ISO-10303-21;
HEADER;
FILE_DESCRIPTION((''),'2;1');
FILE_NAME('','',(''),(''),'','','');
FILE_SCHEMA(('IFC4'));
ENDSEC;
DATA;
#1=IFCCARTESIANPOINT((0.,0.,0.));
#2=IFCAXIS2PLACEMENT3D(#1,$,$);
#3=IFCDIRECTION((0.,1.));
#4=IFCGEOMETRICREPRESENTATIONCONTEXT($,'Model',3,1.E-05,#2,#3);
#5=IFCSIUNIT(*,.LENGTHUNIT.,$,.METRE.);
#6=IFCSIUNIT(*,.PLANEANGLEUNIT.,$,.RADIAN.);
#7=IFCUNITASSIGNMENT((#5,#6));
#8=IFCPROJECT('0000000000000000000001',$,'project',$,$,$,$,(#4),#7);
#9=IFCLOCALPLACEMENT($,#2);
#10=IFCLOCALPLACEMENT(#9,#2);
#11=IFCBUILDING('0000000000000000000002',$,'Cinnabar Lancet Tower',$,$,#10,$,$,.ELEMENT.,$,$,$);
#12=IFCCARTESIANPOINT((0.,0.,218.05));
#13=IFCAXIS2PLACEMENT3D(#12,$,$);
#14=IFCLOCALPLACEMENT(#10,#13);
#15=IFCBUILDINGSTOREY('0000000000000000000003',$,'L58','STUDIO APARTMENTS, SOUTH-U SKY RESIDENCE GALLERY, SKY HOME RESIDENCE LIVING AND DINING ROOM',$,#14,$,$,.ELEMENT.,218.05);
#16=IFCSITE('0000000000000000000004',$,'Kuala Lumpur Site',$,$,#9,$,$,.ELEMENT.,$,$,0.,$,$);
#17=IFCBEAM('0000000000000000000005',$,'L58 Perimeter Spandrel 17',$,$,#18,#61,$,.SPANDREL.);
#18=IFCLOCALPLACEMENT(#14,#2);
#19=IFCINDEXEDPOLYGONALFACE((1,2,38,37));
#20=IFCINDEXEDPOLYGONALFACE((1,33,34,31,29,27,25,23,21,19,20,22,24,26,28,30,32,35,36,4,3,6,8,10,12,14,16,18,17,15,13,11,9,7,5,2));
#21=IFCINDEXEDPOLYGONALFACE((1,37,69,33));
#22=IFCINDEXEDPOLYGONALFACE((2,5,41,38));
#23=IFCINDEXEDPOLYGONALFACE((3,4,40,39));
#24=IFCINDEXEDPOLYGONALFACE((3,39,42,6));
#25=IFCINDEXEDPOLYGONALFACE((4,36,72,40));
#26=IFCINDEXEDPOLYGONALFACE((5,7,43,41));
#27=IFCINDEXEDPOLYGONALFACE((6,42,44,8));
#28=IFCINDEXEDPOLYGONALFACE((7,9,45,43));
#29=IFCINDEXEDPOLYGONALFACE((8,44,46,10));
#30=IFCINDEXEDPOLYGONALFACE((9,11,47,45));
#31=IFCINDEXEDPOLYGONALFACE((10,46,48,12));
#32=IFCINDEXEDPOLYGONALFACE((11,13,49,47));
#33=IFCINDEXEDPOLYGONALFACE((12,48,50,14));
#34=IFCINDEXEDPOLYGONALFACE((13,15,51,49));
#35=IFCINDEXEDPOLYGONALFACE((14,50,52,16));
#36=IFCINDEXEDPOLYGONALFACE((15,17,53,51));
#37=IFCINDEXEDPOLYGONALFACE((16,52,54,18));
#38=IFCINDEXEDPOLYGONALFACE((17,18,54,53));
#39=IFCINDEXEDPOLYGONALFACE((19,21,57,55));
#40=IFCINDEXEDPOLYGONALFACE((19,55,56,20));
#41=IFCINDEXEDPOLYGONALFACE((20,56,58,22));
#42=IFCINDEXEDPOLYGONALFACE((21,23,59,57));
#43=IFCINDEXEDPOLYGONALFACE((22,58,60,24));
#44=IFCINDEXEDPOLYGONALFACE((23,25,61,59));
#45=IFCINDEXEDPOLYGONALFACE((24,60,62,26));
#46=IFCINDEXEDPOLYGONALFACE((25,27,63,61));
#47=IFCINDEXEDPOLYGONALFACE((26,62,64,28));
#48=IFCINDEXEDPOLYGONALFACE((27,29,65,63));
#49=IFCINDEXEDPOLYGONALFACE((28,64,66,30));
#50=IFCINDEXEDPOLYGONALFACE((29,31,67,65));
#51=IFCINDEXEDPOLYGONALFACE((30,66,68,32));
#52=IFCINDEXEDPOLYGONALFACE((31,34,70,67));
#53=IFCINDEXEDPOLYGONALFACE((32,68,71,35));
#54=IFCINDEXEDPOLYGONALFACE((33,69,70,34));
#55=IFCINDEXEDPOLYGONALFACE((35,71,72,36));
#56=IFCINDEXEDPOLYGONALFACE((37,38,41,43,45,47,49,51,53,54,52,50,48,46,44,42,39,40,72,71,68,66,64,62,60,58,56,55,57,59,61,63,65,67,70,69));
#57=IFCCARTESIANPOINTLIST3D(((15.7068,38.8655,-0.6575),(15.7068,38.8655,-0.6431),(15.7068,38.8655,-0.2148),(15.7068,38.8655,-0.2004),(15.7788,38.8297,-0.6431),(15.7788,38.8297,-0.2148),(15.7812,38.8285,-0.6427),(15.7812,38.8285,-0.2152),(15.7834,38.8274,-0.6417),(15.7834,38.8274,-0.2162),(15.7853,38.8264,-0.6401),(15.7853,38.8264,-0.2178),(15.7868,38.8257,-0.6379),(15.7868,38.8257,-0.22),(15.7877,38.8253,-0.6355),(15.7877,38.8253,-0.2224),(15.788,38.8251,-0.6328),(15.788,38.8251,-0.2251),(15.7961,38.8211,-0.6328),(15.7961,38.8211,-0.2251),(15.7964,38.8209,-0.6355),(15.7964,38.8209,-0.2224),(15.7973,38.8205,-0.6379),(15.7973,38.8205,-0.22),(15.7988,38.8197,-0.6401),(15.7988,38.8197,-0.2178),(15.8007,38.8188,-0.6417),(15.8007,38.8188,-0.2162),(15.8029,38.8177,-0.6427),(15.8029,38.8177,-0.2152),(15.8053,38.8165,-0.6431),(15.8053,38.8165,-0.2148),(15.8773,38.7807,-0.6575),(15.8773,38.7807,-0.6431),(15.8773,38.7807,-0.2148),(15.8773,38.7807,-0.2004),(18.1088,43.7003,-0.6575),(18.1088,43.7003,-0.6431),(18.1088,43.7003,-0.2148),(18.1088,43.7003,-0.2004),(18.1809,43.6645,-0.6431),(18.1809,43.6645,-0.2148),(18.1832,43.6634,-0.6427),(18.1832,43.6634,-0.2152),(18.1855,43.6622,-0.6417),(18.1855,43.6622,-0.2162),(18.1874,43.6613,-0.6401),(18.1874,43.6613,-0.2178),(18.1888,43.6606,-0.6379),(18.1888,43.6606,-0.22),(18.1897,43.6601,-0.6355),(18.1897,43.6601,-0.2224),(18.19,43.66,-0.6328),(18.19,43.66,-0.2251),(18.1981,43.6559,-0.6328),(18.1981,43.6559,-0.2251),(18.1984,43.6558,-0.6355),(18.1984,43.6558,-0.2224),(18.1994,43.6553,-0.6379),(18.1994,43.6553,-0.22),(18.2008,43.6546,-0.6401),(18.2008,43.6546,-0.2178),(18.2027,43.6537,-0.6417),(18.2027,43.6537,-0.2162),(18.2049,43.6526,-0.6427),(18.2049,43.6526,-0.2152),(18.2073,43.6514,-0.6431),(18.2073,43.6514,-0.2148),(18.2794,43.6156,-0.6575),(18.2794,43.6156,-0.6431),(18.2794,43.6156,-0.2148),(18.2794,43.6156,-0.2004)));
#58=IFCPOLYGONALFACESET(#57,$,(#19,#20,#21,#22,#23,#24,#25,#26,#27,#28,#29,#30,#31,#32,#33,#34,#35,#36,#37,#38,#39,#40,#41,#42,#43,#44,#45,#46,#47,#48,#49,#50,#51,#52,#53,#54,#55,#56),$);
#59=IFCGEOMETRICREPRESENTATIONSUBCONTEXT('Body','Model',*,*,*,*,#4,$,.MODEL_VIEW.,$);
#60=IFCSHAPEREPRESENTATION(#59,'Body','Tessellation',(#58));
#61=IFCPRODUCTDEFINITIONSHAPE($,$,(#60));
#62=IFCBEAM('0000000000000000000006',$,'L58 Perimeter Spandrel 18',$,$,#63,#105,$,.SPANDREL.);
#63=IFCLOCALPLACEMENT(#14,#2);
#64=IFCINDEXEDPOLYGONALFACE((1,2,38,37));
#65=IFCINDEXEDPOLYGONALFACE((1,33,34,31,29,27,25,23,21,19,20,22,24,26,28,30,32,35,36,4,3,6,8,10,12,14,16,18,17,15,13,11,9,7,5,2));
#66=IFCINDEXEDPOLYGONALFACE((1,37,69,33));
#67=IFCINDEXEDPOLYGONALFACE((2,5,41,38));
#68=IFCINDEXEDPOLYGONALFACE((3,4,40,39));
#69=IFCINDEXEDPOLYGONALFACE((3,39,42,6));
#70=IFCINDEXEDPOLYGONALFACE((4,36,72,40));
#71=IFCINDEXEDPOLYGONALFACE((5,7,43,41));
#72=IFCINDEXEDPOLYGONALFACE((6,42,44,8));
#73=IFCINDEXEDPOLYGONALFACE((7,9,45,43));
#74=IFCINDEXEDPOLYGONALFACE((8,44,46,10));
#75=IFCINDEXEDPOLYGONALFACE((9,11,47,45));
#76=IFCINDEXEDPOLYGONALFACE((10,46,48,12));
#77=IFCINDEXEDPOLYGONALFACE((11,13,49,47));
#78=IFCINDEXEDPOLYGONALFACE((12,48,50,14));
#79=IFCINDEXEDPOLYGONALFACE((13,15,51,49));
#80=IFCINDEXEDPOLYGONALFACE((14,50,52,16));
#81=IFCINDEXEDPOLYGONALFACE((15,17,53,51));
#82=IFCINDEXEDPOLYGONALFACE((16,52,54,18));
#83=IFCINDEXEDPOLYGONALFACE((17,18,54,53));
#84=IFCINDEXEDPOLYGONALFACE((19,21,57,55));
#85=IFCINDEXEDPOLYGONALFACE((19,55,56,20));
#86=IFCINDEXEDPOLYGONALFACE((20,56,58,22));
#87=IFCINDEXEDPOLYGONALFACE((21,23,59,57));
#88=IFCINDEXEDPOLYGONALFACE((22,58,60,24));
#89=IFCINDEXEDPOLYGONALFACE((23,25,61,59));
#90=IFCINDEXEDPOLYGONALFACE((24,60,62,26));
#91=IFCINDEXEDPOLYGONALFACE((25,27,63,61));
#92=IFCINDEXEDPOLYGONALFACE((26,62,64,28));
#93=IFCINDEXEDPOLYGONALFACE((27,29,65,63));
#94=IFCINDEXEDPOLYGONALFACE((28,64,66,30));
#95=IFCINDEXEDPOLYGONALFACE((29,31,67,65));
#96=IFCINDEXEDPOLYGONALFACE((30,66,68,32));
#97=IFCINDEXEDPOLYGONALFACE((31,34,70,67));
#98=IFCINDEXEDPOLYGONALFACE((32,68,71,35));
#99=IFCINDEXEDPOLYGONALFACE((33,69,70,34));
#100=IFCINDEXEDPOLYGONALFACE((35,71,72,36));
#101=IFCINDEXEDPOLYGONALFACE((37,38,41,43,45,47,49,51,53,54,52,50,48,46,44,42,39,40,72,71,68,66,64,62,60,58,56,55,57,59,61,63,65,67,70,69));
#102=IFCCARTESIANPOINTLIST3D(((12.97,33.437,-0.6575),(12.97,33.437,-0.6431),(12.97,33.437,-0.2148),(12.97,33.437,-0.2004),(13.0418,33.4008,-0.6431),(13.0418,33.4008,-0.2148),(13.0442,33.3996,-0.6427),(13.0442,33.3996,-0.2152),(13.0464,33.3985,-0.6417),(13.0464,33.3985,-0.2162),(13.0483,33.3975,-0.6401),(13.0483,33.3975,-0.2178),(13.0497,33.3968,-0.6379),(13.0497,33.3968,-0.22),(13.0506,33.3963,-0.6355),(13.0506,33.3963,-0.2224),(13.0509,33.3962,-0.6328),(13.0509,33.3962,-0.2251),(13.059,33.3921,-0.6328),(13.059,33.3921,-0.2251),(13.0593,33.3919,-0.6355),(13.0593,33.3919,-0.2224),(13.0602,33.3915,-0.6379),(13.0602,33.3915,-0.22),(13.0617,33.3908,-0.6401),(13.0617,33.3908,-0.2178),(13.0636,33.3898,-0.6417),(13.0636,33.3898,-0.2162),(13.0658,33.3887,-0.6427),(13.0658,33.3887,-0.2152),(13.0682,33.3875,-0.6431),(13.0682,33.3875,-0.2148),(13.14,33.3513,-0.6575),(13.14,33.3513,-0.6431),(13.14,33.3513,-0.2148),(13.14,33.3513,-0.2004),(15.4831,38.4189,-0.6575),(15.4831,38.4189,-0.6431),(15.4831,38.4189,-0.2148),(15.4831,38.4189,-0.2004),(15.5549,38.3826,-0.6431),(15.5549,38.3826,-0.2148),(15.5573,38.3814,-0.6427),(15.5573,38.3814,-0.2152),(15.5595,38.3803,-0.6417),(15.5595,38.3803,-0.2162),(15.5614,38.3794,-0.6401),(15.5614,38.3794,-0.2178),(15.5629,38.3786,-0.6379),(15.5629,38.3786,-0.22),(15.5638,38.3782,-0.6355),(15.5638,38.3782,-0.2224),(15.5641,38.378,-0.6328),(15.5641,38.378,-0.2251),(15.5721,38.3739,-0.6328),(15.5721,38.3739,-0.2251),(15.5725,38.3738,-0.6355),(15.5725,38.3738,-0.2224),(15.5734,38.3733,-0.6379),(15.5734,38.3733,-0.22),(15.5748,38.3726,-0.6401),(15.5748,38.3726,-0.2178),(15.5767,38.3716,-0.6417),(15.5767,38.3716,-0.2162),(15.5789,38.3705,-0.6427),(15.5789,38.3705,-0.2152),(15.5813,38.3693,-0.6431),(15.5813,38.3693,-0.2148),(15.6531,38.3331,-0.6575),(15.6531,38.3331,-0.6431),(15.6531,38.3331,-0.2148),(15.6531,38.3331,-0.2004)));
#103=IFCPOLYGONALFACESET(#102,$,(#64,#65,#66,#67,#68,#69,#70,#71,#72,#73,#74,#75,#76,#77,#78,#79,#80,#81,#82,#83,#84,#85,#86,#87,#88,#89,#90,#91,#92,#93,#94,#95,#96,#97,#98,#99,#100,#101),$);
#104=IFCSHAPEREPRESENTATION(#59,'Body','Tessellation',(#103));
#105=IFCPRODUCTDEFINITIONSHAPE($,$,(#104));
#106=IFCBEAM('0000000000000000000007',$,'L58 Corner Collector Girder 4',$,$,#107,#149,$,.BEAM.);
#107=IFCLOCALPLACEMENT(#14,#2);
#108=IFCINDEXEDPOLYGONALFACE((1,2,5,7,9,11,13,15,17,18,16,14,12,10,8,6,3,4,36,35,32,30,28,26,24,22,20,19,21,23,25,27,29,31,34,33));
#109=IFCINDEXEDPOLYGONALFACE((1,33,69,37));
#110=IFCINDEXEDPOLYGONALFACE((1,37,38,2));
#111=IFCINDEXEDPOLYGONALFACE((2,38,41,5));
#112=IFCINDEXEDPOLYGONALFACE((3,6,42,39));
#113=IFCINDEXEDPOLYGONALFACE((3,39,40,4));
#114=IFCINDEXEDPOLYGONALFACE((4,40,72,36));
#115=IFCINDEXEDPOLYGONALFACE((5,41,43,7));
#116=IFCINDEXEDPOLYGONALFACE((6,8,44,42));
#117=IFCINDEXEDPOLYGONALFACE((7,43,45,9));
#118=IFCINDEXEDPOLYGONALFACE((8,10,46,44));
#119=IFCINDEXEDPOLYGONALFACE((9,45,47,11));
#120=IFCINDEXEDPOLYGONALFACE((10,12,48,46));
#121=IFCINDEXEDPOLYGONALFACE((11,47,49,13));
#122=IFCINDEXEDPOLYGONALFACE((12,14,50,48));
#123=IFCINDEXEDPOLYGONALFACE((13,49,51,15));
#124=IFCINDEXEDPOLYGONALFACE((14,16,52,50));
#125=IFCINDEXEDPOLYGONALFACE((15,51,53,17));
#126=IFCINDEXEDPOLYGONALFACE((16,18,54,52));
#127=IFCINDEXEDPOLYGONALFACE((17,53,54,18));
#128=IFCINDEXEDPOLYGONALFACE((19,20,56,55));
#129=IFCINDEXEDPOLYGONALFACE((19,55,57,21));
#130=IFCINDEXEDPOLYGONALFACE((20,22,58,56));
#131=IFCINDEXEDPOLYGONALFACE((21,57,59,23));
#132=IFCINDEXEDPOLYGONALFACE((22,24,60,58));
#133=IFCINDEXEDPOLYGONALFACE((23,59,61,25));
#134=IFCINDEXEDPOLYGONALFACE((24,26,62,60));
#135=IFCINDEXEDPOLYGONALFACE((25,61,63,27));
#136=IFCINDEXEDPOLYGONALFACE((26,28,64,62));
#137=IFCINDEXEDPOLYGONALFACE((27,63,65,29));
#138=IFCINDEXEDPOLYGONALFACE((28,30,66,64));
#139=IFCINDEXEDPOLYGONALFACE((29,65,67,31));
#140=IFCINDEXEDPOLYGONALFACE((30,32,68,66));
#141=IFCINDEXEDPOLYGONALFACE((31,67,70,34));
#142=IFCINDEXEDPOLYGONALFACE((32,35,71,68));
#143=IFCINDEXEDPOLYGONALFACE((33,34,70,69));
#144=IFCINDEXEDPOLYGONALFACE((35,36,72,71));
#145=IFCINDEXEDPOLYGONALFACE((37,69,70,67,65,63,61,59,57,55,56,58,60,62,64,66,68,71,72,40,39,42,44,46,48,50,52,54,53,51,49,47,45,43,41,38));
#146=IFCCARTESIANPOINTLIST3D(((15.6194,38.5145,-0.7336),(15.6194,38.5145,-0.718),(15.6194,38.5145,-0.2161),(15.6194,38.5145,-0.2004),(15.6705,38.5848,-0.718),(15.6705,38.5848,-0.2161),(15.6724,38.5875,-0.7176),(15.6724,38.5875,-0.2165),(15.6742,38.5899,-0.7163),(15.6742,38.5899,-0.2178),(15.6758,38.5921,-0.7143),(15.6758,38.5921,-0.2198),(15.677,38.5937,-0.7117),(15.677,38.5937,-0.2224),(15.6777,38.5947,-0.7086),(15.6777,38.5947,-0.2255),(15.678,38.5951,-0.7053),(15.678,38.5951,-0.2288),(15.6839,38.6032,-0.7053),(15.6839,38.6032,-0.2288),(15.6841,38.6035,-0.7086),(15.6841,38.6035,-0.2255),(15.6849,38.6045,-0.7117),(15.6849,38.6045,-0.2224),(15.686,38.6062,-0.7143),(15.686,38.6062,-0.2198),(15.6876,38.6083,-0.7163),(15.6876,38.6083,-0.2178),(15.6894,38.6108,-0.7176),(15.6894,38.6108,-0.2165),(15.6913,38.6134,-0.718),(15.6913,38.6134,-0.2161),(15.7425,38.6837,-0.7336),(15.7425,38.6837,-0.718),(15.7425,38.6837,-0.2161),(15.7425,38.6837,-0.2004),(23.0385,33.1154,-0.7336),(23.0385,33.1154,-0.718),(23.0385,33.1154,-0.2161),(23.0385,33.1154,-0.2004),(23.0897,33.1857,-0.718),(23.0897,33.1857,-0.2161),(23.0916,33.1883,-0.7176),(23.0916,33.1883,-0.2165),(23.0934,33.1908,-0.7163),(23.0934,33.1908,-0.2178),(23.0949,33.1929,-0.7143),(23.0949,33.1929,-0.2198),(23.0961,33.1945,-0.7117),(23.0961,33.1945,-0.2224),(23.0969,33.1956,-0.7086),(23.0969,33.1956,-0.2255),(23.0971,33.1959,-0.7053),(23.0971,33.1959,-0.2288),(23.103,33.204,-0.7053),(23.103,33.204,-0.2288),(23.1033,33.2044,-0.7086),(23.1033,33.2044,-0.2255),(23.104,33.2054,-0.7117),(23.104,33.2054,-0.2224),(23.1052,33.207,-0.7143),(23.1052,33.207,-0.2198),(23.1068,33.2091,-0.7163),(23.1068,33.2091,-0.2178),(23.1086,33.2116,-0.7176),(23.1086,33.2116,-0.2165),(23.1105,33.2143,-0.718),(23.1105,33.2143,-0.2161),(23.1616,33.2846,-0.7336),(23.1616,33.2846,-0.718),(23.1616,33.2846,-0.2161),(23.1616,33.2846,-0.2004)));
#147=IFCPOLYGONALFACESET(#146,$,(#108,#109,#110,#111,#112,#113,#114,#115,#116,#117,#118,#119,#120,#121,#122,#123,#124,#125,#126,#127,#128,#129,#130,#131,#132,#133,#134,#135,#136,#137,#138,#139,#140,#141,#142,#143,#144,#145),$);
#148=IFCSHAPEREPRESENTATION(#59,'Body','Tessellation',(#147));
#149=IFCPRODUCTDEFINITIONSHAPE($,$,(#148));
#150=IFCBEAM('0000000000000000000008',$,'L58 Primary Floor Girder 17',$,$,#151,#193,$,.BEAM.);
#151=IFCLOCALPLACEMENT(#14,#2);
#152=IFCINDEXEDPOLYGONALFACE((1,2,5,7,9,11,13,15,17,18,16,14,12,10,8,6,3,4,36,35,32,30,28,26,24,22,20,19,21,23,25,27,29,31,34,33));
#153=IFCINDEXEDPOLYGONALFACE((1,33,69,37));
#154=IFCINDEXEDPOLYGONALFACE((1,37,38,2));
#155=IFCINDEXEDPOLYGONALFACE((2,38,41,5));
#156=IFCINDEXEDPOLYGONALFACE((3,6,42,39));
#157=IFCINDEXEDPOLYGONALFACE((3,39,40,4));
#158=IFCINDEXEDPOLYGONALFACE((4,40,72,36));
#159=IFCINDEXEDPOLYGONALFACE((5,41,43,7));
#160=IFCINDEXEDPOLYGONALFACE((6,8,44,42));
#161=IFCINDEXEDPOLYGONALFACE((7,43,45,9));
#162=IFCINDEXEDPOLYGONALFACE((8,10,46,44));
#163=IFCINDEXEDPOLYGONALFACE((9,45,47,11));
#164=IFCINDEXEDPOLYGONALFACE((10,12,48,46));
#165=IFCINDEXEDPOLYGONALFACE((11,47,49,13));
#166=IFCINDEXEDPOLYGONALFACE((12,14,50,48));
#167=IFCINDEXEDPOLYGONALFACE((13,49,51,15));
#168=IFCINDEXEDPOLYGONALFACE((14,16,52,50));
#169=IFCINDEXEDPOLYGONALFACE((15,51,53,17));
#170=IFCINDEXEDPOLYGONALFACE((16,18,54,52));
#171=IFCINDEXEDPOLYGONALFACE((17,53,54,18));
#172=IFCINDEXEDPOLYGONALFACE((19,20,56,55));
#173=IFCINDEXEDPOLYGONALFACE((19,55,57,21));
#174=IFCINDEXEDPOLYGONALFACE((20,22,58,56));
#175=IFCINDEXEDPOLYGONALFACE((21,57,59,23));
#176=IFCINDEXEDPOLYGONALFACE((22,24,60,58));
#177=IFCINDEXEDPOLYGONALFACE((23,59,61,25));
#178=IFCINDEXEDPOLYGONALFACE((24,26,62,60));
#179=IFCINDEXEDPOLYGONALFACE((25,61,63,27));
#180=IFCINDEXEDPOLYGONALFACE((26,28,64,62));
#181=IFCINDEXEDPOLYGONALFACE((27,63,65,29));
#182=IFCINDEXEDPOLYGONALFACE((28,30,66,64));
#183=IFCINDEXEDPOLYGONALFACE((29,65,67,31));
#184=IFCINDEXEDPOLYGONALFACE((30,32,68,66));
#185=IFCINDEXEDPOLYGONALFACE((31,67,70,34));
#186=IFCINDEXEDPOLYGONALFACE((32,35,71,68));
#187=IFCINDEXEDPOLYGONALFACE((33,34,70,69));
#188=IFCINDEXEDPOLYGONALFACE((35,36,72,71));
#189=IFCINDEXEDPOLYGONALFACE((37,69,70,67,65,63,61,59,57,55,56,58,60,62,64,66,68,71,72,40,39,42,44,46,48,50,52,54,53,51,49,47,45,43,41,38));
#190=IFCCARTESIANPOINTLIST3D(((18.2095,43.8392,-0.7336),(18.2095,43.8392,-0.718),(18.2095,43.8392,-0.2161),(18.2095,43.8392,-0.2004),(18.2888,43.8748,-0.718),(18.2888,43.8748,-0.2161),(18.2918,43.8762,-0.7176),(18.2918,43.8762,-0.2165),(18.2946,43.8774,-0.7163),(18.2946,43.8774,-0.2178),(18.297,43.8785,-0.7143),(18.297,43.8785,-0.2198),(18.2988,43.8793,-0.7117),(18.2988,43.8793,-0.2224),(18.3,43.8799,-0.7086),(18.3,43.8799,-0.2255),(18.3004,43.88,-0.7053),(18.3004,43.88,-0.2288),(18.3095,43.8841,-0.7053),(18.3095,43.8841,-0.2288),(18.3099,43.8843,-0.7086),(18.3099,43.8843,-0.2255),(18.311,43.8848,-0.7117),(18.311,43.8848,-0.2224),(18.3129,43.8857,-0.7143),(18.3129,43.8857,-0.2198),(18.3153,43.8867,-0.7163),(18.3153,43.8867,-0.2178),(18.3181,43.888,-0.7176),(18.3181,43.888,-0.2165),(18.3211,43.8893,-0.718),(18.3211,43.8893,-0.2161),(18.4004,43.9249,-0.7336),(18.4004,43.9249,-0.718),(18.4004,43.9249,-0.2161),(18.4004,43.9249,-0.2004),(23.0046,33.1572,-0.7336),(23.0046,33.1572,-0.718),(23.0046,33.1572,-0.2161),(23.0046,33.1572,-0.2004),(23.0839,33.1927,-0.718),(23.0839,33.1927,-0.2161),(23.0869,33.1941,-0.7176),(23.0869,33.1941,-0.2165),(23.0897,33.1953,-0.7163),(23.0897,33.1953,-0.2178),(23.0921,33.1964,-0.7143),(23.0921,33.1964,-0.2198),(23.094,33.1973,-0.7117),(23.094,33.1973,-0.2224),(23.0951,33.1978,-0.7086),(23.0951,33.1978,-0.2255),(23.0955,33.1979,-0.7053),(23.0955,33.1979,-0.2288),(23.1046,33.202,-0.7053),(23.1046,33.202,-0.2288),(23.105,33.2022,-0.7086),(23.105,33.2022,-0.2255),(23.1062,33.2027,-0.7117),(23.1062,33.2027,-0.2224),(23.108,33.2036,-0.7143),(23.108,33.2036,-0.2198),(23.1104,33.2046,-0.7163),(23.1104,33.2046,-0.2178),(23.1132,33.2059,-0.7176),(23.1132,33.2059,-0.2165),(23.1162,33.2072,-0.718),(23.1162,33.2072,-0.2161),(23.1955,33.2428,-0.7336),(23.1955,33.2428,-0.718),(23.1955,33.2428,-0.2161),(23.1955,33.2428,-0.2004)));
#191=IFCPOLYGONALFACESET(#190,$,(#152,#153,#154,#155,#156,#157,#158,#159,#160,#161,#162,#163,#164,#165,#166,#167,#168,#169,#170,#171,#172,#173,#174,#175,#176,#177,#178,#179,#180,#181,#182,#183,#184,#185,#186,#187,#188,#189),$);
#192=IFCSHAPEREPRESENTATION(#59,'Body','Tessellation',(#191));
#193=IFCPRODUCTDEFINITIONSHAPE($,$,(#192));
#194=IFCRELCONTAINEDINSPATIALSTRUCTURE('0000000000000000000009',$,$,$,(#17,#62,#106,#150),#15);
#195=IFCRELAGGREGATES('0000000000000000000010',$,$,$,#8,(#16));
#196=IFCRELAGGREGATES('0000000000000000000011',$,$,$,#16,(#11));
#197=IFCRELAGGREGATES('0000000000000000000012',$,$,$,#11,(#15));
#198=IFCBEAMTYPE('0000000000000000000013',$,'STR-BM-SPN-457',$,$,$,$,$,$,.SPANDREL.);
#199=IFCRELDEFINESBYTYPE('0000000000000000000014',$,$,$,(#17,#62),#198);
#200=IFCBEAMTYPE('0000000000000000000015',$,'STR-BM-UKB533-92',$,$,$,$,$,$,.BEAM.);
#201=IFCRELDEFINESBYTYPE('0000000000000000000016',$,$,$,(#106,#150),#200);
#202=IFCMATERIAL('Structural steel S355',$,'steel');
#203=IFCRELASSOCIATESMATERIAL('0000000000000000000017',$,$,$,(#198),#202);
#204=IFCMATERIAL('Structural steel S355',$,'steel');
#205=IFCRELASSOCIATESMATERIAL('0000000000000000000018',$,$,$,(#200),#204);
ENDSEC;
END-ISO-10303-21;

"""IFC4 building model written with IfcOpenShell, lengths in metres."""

from ifc_helpers import new_model, si_unit, direction, frame, origin, origin_2d, place, context, subcontext, project, spatial, i_section, extrude, material, material_profile, profile_set, type_object, element, save


model = new_model("IFC4")

# Units and contexts
model_context = context("Model", 3, precision=1e-05, world=origin(), true_north=direction((0.0, 1.0)))
body_context = subcontext(model_context, "Body", "Model", "MODEL_VIEW")
ifc_project = project(units=[si_unit("LENGTHUNIT", "METRE"), si_unit("PLANEANGLEUNIT", "RADIAN")], contexts=[model_context])

# Site, building, storey
site_placement = place(None, origin())
site = spatial("IfcSite", under=ifc_project, at=site_placement, Name="Kuala Lumpur Site", CompositionType="ELEMENT", RefElevation=0.0)
building_placement = place(site_placement, origin())
building = spatial("IfcBuilding", under=site, at=building_placement, Name="Cinnabar Lancet Tower", CompositionType="ELEMENT")
storey_placement = place(building_placement, frame((0.0, 0.0, 218.05)))
storey = spatial("IfcBuildingStorey", under=building, at=storey_placement, Name="L58", Description="STUDIO APARTMENTS, SOUTH-U SKY RESIDENCE GALLERY, SKY HOME RESIDENCE LIVING AND DINING ROOM", CompositionType="ELEMENT", Elevation=218.05)

# Beams
ifc_material_1 = material(Name="Structural steel S355", Category="steel")
ifc_material_profile_1 = material_profile(ifc_material_1, i_section(OverallWidth=0.1904, OverallDepth=0.457, WebThickness=0.009, FlangeThickness=0.0144, FilletRadius=0.0103, at=origin_2d()), Name="UKB 457x191x74")
ifc_profile_set_1 = profile_set([ifc_material_profile_1], Name="Structural steel S355")
beam_type_1 = type_object("IfcBeamType", Name="STR-BM-SPN-457", PredefinedType="SPANDREL", material=ifc_profile_set_1)
beam_1_placement = place(storey_placement, frame((18.1941, 43.658, -0.429), z_axis=(-0.444933, -0.895564, 0.0), x_axis=(0.895564, -0.444933, 0.0)))
element("IfcBeam", 1, at=beam_1_placement, inside=storey, type_object=beam_type_1, Name="L58 Perimeter Spandrel 17", PredefinedType="SPANDREL", context=body_context, shape_type="SweptSolid", body=[
    extrude(i_section(OverallWidth=0.1904, OverallDepth=0.457, WebThickness=0.009, FlangeThickness=0.0144, FilletRadius=0.0103, at=origin_2d()), origin(), (0.0, 0.0, 1.0), 5.3987),
])
beam_2_placement = place(storey_placement, frame((15.5681, 38.376, -0.429), z_axis=(-0.450396, -0.892829, 0.0), x_axis=(0.892829, -0.450396, 0.0)))
element("IfcBeam", 2, at=beam_2_placement, inside=storey, type_object=beam_type_1, Name="L58 Perimeter Spandrel 18", PredefinedType="SPANDREL", context=body_context, shape_type="SweptSolid", body=[
    extrude(i_section(OverallWidth=0.1904, OverallDepth=0.457, WebThickness=0.009, FlangeThickness=0.0144, FilletRadius=0.0103, at=origin_2d()), origin(), (0.0, 0.0, 1.0), 5.5798),
])
ifc_material_2 = material(Name="Structural steel S355", Category="steel")
ifc_material_profile_2 = material_profile(ifc_material_2, i_section(OverallWidth=0.2092, OverallDepth=0.5332, WebThickness=0.01, FlangeThickness=0.0156, FilletRadius=0.0127, at=origin_2d()), Name="UKB 533x210x92")
ifc_profile_set_2 = profile_set([ifc_material_profile_2], Name="Structural steel S355")
beam_type_2 = type_object("IfcBeamType", Name="STR-BM-UKB533-92", PredefinedType="BEAM", material=ifc_profile_set_2)
beam_3_placement = place(storey_placement, frame((15.6809, 38.5991, -0.467), z_axis=(0.80856, -0.588414, 0.0), x_axis=(0.588414, 0.80856, 0.0)))
element("IfcBeam", 3, at=beam_3_placement, inside=storey, type_object=beam_type_2, Name="L58 Corner Collector Girder 4", PredefinedType="BEAM", context=body_context, shape_type="SweptSolid", body=[
    extrude(i_section(OverallWidth=0.2092, OverallDepth=0.5332, WebThickness=0.01, FlangeThickness=0.0156, FilletRadius=0.0127, at=origin_2d()), origin(), (0.0, 0.0, 1.0), 9.1758),
])
beam_4_placement = place(storey_placement, frame((18.3049, 43.8821, -0.467), z_axis=(0.409527, -0.912298, 0.0), x_axis=(0.912298, 0.409527, 0.0)))
element("IfcBeam", 4, at=beam_4_placement, inside=storey, type_object=beam_type_2, Name="L58 Primary Floor Girder 17", PredefinedType="BEAM", context=body_context, shape_type="SweptSolid", body=[
    extrude(i_section(OverallWidth=0.2092, OverallDepth=0.5332, WebThickness=0.01, FlangeThickness=0.0156, FilletRadius=0.0127, at=origin_2d()), origin(), (0.0, 0.0, 1.0), 11.709),
])

save(model, "model.ifc")
